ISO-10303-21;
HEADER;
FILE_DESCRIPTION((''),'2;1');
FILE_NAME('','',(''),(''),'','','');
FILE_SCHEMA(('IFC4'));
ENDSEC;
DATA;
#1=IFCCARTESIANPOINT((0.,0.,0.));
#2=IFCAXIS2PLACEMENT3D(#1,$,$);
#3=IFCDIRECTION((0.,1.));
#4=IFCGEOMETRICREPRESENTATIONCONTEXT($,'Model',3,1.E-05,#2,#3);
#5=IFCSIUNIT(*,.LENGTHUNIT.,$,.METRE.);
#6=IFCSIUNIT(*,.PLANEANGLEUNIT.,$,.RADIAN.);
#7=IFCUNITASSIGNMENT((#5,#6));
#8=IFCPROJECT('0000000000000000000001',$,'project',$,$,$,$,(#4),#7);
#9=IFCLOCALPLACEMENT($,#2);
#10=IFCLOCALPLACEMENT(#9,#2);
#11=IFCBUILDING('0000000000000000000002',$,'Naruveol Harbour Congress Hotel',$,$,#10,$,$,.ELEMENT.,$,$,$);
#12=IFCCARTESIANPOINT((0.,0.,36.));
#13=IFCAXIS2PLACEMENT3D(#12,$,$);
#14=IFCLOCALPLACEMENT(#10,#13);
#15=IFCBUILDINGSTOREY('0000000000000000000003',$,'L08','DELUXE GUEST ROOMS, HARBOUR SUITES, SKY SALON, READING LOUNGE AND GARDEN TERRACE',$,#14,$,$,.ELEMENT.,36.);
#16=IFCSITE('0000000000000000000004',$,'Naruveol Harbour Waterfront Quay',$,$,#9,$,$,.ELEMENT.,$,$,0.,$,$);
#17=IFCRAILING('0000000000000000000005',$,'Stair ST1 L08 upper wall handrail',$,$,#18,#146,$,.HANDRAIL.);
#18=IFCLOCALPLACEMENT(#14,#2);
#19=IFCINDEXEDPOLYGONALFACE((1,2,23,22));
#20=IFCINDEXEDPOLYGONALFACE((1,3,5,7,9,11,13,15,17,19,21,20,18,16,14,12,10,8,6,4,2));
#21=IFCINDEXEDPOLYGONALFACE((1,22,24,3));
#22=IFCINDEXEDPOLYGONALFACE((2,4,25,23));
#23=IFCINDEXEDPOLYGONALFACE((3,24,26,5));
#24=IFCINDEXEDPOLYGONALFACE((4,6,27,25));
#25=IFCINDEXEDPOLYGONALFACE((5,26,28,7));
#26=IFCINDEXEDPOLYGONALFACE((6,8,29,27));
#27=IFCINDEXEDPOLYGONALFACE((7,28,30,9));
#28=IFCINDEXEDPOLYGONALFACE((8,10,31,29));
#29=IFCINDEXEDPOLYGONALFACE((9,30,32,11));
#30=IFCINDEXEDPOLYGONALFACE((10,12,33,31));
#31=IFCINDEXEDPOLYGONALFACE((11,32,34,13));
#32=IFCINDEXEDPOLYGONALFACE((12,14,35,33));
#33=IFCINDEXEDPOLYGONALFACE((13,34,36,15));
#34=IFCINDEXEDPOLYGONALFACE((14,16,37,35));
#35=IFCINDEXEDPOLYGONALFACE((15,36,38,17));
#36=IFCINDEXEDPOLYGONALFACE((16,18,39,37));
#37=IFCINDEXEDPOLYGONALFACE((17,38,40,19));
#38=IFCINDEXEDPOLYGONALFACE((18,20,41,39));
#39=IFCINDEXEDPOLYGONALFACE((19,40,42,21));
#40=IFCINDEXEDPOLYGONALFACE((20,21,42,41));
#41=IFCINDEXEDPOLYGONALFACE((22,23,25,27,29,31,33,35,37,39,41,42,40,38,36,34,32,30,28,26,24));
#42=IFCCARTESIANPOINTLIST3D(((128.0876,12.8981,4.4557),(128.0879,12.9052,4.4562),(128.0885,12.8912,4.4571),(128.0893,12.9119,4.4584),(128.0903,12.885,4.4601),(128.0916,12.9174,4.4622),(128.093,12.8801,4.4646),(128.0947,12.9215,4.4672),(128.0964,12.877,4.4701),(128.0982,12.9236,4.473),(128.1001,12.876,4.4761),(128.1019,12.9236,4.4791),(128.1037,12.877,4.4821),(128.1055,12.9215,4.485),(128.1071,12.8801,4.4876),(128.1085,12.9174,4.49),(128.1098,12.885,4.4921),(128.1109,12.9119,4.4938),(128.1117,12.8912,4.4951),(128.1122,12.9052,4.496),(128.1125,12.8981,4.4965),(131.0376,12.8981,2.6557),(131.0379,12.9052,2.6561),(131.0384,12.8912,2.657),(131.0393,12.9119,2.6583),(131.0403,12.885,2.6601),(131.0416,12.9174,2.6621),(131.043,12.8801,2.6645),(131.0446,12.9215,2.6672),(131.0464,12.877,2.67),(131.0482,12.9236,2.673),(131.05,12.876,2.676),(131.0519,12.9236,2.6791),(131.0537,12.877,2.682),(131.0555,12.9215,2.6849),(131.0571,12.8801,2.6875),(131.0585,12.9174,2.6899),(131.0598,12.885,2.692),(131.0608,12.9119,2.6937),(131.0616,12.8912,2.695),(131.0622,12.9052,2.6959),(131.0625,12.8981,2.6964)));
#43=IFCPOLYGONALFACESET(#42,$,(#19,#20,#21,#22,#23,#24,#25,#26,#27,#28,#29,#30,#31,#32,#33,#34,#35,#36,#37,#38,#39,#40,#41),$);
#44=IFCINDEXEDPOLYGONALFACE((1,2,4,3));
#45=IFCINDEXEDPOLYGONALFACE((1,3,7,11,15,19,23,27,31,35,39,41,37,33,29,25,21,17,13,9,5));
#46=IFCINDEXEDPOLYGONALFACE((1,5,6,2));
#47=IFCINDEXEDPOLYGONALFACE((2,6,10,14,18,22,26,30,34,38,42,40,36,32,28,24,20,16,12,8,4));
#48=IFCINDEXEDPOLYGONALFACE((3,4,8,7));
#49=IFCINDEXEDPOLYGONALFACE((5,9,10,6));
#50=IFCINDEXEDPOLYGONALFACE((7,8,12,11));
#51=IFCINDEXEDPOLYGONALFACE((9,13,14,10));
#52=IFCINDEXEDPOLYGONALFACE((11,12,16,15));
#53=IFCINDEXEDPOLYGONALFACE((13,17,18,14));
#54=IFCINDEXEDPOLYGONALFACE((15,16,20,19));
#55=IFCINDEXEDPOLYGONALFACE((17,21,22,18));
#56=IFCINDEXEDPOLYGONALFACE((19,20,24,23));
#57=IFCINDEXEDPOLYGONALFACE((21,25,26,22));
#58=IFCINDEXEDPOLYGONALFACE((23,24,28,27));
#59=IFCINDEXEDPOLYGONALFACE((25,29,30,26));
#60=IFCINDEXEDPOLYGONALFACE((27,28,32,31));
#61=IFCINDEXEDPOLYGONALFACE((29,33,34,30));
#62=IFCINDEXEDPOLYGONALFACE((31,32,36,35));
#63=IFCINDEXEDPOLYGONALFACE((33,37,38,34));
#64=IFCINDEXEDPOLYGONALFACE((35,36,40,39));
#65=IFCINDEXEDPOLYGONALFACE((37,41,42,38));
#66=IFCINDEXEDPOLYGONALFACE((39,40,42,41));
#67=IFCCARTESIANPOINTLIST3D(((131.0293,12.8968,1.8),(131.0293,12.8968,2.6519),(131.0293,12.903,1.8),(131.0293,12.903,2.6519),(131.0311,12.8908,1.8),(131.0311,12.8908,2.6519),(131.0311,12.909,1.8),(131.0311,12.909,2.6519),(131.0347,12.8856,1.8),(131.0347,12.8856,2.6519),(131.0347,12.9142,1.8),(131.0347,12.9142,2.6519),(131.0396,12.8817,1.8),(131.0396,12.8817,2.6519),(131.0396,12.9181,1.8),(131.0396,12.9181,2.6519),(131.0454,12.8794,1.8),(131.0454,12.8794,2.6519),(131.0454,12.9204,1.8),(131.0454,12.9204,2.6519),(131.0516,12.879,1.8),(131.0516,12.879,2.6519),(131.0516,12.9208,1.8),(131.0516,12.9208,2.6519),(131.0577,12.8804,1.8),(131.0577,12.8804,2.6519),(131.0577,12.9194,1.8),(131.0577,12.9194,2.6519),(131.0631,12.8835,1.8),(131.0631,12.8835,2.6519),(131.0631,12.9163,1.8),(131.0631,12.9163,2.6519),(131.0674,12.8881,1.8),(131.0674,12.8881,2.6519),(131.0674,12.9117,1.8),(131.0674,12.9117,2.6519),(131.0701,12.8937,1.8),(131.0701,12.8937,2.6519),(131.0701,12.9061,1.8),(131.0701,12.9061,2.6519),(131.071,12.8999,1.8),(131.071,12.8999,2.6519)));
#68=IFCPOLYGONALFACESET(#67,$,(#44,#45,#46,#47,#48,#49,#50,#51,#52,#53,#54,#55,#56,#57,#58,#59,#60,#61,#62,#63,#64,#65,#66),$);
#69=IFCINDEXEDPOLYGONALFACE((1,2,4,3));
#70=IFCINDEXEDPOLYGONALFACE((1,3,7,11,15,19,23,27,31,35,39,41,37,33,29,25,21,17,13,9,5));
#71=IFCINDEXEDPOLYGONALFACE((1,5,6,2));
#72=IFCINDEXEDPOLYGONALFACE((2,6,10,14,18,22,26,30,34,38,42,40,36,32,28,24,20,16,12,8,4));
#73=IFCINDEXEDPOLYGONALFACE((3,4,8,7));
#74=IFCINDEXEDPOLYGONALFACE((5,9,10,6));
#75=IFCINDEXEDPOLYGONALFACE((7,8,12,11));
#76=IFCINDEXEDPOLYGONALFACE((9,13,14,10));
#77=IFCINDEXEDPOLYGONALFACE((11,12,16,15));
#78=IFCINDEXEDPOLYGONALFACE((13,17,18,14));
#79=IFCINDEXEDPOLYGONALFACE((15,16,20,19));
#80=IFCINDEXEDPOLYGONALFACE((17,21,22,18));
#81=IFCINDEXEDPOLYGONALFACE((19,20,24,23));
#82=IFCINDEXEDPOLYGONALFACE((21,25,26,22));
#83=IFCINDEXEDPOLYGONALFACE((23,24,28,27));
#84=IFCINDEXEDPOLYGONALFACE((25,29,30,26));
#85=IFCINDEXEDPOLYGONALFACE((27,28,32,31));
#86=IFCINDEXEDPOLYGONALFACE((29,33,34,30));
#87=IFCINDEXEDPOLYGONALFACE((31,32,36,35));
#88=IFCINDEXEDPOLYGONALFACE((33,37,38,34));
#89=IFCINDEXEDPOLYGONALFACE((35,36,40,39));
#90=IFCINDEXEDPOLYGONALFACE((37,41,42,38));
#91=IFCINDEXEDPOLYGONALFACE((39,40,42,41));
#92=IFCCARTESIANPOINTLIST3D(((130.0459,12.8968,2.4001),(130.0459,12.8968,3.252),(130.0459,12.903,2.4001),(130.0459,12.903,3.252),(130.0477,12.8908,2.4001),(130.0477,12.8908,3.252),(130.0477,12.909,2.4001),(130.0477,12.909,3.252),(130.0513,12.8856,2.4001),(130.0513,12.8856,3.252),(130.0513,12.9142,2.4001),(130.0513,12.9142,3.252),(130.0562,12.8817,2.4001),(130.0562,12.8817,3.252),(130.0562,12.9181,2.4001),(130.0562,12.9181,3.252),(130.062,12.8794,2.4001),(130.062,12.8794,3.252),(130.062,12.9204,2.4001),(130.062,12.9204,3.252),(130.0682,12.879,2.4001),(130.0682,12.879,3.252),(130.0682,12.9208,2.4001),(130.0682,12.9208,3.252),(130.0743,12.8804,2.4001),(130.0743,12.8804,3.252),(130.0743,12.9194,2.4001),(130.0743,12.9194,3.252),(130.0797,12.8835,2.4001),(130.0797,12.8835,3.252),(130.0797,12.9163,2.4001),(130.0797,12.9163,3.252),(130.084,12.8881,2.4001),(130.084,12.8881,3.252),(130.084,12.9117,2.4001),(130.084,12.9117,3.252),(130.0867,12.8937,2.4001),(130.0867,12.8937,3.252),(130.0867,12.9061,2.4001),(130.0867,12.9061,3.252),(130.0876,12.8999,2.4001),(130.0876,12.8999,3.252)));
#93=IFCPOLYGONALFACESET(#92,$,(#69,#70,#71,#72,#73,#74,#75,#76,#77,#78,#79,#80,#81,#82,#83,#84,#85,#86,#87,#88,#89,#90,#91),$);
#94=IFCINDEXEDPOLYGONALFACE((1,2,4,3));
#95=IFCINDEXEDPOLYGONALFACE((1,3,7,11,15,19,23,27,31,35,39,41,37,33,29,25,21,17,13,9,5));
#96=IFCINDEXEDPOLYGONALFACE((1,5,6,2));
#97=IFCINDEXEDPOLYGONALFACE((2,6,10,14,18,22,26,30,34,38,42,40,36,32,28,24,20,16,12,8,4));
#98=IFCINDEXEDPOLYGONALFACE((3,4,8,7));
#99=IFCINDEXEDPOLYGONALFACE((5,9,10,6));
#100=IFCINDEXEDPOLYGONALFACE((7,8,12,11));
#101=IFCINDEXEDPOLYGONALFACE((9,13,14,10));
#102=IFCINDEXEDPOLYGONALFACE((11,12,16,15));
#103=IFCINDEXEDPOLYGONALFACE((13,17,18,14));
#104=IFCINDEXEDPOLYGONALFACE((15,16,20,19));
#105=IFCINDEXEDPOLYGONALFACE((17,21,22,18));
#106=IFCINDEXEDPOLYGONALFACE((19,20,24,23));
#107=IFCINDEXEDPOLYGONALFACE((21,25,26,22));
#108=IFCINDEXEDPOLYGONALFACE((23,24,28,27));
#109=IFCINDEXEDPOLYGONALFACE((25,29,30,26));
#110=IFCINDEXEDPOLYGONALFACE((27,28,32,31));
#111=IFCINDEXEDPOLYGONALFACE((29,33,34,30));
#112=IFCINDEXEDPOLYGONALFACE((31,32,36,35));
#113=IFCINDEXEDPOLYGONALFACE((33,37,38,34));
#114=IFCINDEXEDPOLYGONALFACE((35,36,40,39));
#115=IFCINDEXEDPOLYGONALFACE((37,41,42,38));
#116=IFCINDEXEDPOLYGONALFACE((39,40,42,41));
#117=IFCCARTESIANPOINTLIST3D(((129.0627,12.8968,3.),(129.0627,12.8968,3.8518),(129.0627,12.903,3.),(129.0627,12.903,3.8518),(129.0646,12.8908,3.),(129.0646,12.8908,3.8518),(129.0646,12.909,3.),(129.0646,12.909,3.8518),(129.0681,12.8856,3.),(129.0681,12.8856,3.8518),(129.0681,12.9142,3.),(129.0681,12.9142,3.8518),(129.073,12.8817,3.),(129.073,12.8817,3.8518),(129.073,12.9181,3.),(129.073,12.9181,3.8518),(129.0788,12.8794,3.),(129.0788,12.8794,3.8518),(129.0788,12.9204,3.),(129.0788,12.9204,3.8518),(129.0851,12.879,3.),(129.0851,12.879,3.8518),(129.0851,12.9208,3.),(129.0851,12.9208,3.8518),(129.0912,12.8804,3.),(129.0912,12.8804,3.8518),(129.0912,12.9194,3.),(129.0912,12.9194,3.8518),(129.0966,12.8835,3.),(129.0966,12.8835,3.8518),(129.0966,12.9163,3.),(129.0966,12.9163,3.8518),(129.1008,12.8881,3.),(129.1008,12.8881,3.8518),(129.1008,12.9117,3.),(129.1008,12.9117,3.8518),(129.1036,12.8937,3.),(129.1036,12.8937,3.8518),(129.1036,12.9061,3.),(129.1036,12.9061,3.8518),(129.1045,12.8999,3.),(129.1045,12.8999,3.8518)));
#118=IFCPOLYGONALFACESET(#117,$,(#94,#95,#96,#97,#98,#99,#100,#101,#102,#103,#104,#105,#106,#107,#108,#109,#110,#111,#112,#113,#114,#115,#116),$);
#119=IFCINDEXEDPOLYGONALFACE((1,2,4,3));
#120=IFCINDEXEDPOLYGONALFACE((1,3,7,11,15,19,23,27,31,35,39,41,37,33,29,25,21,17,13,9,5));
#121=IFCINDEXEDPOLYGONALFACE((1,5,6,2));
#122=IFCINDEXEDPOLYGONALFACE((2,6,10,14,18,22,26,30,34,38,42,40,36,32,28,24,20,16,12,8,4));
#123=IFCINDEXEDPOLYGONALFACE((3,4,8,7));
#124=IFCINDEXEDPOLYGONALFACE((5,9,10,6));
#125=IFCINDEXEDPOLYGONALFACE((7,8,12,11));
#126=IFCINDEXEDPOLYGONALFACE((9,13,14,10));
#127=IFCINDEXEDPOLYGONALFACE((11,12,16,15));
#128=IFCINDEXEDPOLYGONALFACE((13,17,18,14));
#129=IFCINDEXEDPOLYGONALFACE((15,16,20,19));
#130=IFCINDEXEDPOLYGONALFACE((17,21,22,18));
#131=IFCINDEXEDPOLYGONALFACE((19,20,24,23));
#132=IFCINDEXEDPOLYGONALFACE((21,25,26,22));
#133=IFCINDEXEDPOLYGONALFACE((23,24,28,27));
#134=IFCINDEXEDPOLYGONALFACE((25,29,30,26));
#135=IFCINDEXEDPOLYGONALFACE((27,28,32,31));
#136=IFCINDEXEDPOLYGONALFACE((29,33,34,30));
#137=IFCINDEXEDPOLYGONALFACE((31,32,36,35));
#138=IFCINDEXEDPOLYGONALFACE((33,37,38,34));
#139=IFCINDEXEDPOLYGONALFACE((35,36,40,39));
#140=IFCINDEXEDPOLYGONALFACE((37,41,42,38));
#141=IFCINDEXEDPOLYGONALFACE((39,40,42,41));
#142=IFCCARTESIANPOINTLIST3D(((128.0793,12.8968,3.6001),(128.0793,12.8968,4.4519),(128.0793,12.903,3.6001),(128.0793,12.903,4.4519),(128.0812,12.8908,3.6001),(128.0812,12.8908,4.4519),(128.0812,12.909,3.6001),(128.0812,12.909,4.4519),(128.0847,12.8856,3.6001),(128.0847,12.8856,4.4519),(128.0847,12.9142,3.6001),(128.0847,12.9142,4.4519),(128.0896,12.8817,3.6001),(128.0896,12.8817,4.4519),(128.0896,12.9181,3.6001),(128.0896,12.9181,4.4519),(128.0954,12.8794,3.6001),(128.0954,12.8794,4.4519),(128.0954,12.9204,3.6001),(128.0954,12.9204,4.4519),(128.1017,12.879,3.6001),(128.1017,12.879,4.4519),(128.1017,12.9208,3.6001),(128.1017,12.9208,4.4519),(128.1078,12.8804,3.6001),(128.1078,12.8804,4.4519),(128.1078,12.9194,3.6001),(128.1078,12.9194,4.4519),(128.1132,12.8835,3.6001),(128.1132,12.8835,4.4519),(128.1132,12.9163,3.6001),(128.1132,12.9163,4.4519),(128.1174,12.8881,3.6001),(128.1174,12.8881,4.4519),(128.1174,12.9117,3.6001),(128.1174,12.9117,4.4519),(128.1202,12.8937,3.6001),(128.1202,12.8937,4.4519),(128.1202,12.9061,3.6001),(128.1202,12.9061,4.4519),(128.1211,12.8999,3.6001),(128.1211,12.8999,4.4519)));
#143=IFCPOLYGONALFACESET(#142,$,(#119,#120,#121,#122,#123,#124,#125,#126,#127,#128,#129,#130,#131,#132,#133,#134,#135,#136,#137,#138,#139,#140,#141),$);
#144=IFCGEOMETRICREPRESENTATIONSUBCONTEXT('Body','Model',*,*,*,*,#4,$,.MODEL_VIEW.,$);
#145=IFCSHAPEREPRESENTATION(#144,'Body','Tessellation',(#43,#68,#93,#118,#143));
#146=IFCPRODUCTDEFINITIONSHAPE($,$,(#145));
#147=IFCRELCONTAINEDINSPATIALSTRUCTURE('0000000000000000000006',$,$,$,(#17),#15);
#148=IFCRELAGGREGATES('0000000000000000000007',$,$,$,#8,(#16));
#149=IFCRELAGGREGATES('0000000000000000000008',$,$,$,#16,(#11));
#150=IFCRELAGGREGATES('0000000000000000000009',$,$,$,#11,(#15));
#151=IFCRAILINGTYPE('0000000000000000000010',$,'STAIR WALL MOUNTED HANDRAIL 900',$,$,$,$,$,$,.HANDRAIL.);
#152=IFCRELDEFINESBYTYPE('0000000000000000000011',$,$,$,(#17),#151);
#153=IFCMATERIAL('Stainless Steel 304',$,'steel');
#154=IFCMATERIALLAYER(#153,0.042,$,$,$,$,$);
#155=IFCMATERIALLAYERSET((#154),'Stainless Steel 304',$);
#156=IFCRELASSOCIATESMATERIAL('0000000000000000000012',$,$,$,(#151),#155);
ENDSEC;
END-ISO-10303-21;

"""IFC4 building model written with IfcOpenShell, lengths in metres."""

from ifc_helpers import new_model, si_unit, direction, frame, origin, origin_2d, place, context, subcontext, project, spatial, circle, extrude, material, layer, layer_set, type_object, element, save


model = new_model("IFC4")

# Units and contexts
model_context = context("Model", 3, precision=1e-05, world=origin(), true_north=direction((0.0, 1.0)))
body_context = subcontext(model_context, "Body", "Model", "MODEL_VIEW")
ifc_project = project(units=[si_unit("LENGTHUNIT", "METRE"), si_unit("PLANEANGLEUNIT", "RADIAN")], contexts=[model_context])

# Site, building, storey
site_placement = place(None, origin())
site = spatial("IfcSite", under=ifc_project, at=site_placement, Name="Naruveol Harbour Waterfront Quay", CompositionType="ELEMENT", RefElevation=0.0)
building_placement = place(site_placement, origin())
building = spatial("IfcBuilding", under=site, at=building_placement, Name="Naruveol Harbour Congress Hotel", CompositionType="ELEMENT")
storey_placement = place(building_placement, frame((0.0, 0.0, 36.0)))
storey = spatial("IfcBuildingStorey", under=building, at=storey_placement, Name="L08", Description="DELUXE GUEST ROOMS, HARBOUR SUITES, SKY SALON, READING LOUNGE AND GARDEN TERRACE", CompositionType="ELEMENT", Elevation=36.0)

# Railing
ifc_material_1 = material(Name="Stainless Steel 304", Category="steel")
ifc_layer_1 = layer(ifc_material_1, 0.042)
ifc_layer_set_1 = layer_set([ifc_layer_1], Name="Stainless Steel 304")
railing_type_1 = type_object("IfcRailingType", Name="STAIR WALL MOUNTED HANDRAIL 900", PredefinedType="HANDRAIL", material=ifc_layer_set_1)
railing_1_placement = place(storey_placement, frame((131.05, 12.8999, 1.8)))
element("IfcRailing", 1, at=railing_1_placement, inside=storey, type_object=railing_type_1, Name="Stair ST1 L08 upper wall handrail", PredefinedType="HANDRAIL", context=body_context, shape_type="SweptSolid", body=[
    extrude(circle(Radius=0.0239, at=origin_2d()), frame((0.0, 0.0, 0.876), z_axis=(-0.853629, 0.0, 0.520881), x_axis=(0.0, -1.0, 0.0)), (0.0, 0.0, 1.0), 3.4558),
    extrude(circle(Radius=0.021, at=origin_2d()), origin(), (0.0, 0.0, 1.0), 0.8518),
    extrude(circle(Radius=0.021, at=origin_2d()), frame((-0.9834, 0.0, 0.6001)), (0.0, 0.0, 1.0), 0.8518),
    extrude(circle(Radius=0.021, at=origin_2d()), frame((-1.9666, 0.0, 1.2)), (0.0, 0.0, 1.0), 0.8518),
    extrude(circle(Radius=0.021, at=origin_2d()), frame((-2.95, 0.0, 1.8)), (0.0, 0.0, 1.0), 0.8518),
])

save(model, "model.ifc")
